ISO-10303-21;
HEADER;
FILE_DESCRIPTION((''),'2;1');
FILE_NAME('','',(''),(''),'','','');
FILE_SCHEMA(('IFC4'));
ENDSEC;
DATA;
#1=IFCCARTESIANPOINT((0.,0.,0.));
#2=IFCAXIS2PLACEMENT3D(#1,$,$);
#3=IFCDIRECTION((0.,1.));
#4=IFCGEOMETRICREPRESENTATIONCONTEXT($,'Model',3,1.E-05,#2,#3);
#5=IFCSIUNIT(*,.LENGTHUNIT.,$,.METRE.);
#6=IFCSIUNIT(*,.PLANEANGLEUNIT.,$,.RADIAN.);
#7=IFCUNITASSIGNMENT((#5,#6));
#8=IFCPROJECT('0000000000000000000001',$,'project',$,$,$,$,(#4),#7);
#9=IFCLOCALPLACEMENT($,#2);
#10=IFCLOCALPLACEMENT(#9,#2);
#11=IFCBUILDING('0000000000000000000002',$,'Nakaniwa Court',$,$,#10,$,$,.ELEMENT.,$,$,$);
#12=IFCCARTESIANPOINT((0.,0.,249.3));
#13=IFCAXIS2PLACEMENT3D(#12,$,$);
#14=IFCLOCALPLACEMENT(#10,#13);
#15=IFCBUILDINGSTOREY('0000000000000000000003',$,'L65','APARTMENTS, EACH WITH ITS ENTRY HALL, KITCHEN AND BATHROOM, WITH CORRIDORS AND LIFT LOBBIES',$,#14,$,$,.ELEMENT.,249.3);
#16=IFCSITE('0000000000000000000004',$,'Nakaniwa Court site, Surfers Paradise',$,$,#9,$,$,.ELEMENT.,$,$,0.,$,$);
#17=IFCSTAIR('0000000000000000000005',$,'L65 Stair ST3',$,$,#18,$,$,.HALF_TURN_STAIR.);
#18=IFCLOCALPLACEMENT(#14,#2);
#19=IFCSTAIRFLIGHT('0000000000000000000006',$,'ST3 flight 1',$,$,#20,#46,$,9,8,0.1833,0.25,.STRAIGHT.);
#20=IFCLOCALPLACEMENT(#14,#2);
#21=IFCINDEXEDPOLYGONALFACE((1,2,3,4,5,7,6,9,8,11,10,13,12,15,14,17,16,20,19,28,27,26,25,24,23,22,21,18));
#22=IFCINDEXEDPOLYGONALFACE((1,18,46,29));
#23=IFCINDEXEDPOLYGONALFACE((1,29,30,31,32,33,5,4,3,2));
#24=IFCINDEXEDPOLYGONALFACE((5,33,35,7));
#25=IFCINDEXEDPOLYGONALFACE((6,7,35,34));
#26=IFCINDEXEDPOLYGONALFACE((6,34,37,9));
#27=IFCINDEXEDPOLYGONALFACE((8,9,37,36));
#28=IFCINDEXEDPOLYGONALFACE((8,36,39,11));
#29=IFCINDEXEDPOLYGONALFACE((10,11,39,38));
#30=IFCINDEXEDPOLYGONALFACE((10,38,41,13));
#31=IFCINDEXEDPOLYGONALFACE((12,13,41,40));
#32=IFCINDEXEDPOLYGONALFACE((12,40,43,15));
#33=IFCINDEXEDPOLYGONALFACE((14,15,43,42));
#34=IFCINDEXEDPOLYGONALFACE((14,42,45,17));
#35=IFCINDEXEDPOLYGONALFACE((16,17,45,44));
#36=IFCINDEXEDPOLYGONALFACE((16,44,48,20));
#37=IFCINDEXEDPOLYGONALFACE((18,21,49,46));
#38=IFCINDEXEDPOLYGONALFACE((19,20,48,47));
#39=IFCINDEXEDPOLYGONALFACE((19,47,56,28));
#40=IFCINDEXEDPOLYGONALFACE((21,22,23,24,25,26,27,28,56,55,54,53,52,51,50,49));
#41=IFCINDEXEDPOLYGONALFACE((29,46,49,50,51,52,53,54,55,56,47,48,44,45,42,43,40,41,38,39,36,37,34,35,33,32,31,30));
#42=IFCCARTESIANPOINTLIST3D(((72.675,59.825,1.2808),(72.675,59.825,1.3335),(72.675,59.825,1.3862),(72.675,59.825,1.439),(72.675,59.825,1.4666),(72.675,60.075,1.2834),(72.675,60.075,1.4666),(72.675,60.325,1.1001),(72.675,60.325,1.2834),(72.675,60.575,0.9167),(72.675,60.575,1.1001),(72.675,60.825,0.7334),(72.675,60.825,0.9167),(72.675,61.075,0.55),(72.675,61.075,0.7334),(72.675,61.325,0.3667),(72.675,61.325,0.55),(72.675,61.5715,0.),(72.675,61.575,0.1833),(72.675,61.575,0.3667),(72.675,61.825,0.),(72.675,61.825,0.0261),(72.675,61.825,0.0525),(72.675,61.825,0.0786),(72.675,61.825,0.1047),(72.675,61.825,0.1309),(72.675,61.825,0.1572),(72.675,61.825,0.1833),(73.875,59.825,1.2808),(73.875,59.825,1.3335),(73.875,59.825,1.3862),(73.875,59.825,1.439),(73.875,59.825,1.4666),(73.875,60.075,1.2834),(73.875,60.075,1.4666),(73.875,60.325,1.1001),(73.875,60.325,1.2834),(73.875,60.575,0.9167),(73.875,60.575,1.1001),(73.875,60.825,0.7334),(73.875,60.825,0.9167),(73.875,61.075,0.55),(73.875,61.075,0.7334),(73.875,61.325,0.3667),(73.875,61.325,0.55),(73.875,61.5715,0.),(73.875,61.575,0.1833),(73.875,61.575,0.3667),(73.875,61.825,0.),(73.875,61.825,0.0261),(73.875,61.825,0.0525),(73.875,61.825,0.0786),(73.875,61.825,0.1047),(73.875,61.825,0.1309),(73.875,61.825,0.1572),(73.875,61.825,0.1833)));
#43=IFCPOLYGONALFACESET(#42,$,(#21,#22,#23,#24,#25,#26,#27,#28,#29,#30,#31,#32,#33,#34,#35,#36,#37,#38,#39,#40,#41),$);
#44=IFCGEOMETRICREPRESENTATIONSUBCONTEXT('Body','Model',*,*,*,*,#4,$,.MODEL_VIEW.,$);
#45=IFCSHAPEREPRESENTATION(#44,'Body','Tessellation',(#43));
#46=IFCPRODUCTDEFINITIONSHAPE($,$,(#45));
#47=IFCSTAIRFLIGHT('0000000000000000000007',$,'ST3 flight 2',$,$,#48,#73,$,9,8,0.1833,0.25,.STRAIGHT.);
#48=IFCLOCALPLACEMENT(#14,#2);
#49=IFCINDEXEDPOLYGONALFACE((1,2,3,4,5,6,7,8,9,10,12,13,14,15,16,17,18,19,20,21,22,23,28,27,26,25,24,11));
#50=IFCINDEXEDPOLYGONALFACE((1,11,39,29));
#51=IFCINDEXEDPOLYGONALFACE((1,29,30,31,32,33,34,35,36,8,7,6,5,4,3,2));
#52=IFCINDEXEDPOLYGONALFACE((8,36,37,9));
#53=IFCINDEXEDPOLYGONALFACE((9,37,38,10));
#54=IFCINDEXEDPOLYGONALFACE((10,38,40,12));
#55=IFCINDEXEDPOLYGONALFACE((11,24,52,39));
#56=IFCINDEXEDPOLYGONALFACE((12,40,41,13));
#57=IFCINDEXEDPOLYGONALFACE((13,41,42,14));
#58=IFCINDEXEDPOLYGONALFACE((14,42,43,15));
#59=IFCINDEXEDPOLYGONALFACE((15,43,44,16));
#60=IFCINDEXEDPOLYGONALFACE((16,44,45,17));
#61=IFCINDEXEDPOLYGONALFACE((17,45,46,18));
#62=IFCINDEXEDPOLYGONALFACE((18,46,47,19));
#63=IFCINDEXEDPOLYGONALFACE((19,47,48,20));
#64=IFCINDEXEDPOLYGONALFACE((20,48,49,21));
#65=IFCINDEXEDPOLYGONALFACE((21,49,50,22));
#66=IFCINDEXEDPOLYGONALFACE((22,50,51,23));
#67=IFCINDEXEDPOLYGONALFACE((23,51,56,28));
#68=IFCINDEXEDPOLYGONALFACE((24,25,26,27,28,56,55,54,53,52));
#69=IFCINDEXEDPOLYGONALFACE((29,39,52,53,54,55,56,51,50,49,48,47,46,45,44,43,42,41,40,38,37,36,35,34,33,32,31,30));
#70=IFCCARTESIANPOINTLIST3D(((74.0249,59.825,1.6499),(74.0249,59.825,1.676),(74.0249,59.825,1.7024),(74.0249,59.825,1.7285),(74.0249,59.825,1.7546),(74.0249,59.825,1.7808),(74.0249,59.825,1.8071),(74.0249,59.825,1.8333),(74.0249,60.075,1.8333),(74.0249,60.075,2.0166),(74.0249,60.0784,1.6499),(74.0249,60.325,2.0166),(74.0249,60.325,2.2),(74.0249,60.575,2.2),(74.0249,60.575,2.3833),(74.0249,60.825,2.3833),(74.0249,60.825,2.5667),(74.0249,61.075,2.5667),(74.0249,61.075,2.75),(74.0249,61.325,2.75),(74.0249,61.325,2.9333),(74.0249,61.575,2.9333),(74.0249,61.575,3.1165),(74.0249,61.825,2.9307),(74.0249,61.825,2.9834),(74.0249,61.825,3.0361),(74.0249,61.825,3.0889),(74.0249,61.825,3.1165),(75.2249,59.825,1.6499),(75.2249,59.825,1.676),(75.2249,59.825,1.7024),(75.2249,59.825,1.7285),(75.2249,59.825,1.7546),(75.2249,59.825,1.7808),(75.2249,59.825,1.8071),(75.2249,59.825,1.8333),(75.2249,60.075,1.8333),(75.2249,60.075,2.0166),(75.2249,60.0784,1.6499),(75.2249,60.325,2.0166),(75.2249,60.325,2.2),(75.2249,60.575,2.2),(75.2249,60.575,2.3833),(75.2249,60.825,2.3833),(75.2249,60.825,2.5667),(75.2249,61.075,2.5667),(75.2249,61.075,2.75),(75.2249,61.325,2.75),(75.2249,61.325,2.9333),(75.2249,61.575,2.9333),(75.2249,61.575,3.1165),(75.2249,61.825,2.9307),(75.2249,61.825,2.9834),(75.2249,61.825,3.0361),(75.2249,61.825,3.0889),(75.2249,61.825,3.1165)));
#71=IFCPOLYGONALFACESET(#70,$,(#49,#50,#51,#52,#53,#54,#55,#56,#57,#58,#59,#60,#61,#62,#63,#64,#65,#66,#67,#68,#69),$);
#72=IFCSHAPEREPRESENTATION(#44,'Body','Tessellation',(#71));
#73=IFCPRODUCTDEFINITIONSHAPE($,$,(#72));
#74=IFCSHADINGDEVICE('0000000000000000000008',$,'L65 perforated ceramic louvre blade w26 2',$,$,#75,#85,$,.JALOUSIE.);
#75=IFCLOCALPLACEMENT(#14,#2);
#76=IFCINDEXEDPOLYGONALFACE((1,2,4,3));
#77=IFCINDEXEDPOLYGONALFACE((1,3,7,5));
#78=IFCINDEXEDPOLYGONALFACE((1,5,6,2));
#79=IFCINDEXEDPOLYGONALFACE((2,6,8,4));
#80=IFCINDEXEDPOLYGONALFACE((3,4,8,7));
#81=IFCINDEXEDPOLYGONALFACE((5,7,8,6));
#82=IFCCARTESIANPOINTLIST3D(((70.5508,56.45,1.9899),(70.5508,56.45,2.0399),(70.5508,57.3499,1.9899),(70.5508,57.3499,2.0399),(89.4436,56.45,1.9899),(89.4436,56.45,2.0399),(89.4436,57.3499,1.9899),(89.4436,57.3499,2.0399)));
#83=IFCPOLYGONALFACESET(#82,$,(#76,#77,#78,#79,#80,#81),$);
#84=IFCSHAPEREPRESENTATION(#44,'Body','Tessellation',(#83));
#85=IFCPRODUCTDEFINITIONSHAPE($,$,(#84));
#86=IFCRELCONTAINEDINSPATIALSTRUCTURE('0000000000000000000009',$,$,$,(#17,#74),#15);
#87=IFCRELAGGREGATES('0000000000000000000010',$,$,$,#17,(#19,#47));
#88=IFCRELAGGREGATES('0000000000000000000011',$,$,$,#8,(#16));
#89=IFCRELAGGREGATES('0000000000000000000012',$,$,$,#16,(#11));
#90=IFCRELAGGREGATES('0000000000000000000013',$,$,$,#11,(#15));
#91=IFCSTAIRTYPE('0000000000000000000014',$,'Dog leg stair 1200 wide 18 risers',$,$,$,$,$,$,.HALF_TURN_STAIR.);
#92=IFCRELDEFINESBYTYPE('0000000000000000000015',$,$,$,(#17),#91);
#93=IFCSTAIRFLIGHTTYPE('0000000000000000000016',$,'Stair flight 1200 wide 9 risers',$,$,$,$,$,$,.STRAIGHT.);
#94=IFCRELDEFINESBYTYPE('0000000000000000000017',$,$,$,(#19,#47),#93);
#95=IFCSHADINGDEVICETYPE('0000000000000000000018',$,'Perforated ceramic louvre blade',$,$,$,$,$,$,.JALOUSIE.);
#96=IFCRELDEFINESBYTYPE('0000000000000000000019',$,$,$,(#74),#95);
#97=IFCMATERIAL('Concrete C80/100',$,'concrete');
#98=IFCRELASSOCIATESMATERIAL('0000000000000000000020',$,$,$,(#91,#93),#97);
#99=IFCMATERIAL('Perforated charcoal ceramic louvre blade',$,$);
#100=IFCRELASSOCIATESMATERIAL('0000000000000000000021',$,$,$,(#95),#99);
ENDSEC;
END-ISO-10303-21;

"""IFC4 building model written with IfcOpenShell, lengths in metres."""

from ifc_helpers import new_model, si_unit, direction, frame, origin, origin_2d, place, context, subcontext, project, spatial, polyline, rectangle, outline, extrude, material, material_profile, profile_set, type_object, element, aggregate, save


model = new_model("IFC4")

# Units and contexts
model_context = context("Model", 3, precision=1e-05, world=origin(), true_north=direction((0.0, 1.0)))
body_context = subcontext(model_context, "Body", "Model", "MODEL_VIEW")
ifc_project = project(units=[si_unit("LENGTHUNIT", "METRE"), si_unit("PLANEANGLEUNIT", "RADIAN")], contexts=[model_context])

# Site, building, storey
site_placement = place(None, origin())
site = spatial("IfcSite", under=ifc_project, at=site_placement, Name="Nakaniwa Court site, Surfers Paradise", CompositionType="ELEMENT", RefElevation=0.0)
building_placement = place(site_placement, origin())
building = spatial("IfcBuilding", under=site, at=building_placement, Name="Nakaniwa Court", CompositionType="ELEMENT")
storey_placement = place(building_placement, frame((0.0, 0.0, 249.3)))
storey = spatial("IfcBuildingStorey", under=building, at=storey_placement, Name="L65", Description="APARTMENTS, EACH WITH ITS ENTRY HALL, KITCHEN AND BATHROOM, WITH CORRIDORS AND LIFT LOBBIES", CompositionType="ELEMENT", Elevation=249.3)

# Shared definitions
ifc_material_1 = material(Name="Concrete C80/100", Category="concrete")

# Stair, stair flights
stair_type = type_object("IfcStairType", Name="Dog leg stair 1200 wide 18 risers", PredefinedType="HALF_TURN_STAIR", material=ifc_material_1)
stair_placement = place(storey_placement, origin())
stair = element("IfcStair", 1, at=stair_placement, inside=storey, type_object=stair_type, Name="L65 Stair ST3", PredefinedType="HALF_TURN_STAIR")
stair_flight_type = type_object("IfcStairFlightType", Name="Stair flight 1200 wide 9 risers", PredefinedType="STRAIGHT", material=ifc_material_1)
stair_flight_1_placement = place(storey_placement, frame((73.2749, 61.825, 0.0), z_axis=(0.0, 0.0, 1.0), x_axis=(0.0, -1.0, 0.0)))
stair_flight_1 = element("IfcStairFlight", 2, at=stair_flight_1_placement, type_object=stair_flight_type, Name="ST3 flight 1", NumberOfRisers=9, NumberOfTreads=8, PredefinedType="STRAIGHT", RiserHeight=0.1833, TreadLength=0.25, context=body_context, shape_type="SweptSolid", body=[
    extrude(outline(polyline([(0.0, 0.0), (0.0, 0.0261), (0.0, 0.0525), (0.0, 0.0786), (0.0, 0.1047), (0.0, 0.1309), (0.0, 0.1572), (0.0, 0.1833), (0.25, 0.1833), (0.25, 0.3667), (0.5, 0.3667), (0.5, 0.55), (0.75, 0.55), (0.75, 0.7334), (1.0, 0.7334), (1.0, 0.9167), (1.25, 0.9167), (1.25, 1.1001), (1.5, 1.1001), (1.5, 1.2834), (1.75, 1.2834), (1.75, 1.4666), (2.0, 1.4666), (2.0, 1.6499), (2.0, 1.5972), (2.0, 1.5444), (2.0, 1.4917), (2.0, 1.439), (2.0, 1.3862), (2.0, 1.3335), (2.0, 1.2808), (0.2534, 0.0), (0.0, 0.0)])), frame((0.0, 0.6001, 0.0), z_axis=(0.0, -1.0, 0.0), x_axis=(1.0, 0.0, 0.0)), (0.0, 0.0, 1.0), 1.2),
])
stair_flight_2_placement = place(storey_placement, frame((74.625, 59.825, 1.6499), z_axis=(0.0, 0.0, 1.0), x_axis=(0.0, 1.0, 0.0)))
stair_flight_2 = element("IfcStairFlight", 3, at=stair_flight_2_placement, type_object=stair_flight_type, Name="ST3 flight 2", NumberOfRisers=9, NumberOfTreads=8, PredefinedType="STRAIGHT", RiserHeight=0.1833, TreadLength=0.25, context=body_context, shape_type="SweptSolid", body=[
    extrude(outline(polyline([(0.0, 0.0), (0.0, 0.0261), (0.0, 0.0525), (0.0, 0.0786), (0.0, 0.1047), (0.0, 0.1309), (0.0, 0.1572), (0.0, 0.1833), (0.25, 0.1833), (0.25, 0.3667), (0.5, 0.3667), (0.5, 0.55), (0.75, 0.55), (0.75, 0.7334), (1.0, 0.7334), (1.0, 0.9167), (1.25, 0.9167), (1.25, 1.1001), (1.5, 1.1001), (1.5, 1.2834), (1.75, 1.2834), (1.75, 1.4666), (2.0, 1.4666), (2.0, 1.6499), (2.0, 1.5972), (2.0, 1.5444), (2.0, 1.4917), (2.0, 1.439), (2.0, 1.3862), (2.0, 1.3335), (2.0, 1.2808), (0.2534, 0.0), (0.0, 0.0)])), frame((0.0, 0.6001, 0.0), z_axis=(0.0, -1.0, 0.0), x_axis=(1.0, 0.0, 0.0)), (0.0, 0.0, 1.0), 1.2),
])
aggregate(stair, [stair_flight_1, stair_flight_2])

# Shading device
ifc_material_2 = material(Name="Perforated charcoal ceramic louvre blade")
ifc_material_profile = material_profile(ifc_material_2, rectangle(XDim=0.8999, YDim=0.05, at=origin_2d()), Name="Perforated ceramic louvre blade")
ifc_profile_set = profile_set([ifc_material_profile], Name="Perforated charcoal ceramic louvre blade")
shading_device_type = type_object("IfcShadingDeviceType", Name="Perforated ceramic louvre blade", PredefinedType="JALOUSIE", material=ifc_profile_set)
shading_device_placement = place(storey_placement, frame((70.5508, 56.8999, 2.0149), z_axis=(1.0, 0.0, 0.0), x_axis=(0.0, 1.0, 0.0)))
element("IfcShadingDevice", 4, at=shading_device_placement, inside=storey, type_object=shading_device_type, Name="L65 perforated ceramic louvre blade w26 2", PredefinedType="JALOUSIE", context=body_context, shape_type="SweptSolid", body=[
    extrude(rectangle(XDim=0.8999, YDim=0.05, at=origin_2d()), origin(), (0.0, 0.0, 1.0), 18.8928),
])

save(model, "model.ifc")
